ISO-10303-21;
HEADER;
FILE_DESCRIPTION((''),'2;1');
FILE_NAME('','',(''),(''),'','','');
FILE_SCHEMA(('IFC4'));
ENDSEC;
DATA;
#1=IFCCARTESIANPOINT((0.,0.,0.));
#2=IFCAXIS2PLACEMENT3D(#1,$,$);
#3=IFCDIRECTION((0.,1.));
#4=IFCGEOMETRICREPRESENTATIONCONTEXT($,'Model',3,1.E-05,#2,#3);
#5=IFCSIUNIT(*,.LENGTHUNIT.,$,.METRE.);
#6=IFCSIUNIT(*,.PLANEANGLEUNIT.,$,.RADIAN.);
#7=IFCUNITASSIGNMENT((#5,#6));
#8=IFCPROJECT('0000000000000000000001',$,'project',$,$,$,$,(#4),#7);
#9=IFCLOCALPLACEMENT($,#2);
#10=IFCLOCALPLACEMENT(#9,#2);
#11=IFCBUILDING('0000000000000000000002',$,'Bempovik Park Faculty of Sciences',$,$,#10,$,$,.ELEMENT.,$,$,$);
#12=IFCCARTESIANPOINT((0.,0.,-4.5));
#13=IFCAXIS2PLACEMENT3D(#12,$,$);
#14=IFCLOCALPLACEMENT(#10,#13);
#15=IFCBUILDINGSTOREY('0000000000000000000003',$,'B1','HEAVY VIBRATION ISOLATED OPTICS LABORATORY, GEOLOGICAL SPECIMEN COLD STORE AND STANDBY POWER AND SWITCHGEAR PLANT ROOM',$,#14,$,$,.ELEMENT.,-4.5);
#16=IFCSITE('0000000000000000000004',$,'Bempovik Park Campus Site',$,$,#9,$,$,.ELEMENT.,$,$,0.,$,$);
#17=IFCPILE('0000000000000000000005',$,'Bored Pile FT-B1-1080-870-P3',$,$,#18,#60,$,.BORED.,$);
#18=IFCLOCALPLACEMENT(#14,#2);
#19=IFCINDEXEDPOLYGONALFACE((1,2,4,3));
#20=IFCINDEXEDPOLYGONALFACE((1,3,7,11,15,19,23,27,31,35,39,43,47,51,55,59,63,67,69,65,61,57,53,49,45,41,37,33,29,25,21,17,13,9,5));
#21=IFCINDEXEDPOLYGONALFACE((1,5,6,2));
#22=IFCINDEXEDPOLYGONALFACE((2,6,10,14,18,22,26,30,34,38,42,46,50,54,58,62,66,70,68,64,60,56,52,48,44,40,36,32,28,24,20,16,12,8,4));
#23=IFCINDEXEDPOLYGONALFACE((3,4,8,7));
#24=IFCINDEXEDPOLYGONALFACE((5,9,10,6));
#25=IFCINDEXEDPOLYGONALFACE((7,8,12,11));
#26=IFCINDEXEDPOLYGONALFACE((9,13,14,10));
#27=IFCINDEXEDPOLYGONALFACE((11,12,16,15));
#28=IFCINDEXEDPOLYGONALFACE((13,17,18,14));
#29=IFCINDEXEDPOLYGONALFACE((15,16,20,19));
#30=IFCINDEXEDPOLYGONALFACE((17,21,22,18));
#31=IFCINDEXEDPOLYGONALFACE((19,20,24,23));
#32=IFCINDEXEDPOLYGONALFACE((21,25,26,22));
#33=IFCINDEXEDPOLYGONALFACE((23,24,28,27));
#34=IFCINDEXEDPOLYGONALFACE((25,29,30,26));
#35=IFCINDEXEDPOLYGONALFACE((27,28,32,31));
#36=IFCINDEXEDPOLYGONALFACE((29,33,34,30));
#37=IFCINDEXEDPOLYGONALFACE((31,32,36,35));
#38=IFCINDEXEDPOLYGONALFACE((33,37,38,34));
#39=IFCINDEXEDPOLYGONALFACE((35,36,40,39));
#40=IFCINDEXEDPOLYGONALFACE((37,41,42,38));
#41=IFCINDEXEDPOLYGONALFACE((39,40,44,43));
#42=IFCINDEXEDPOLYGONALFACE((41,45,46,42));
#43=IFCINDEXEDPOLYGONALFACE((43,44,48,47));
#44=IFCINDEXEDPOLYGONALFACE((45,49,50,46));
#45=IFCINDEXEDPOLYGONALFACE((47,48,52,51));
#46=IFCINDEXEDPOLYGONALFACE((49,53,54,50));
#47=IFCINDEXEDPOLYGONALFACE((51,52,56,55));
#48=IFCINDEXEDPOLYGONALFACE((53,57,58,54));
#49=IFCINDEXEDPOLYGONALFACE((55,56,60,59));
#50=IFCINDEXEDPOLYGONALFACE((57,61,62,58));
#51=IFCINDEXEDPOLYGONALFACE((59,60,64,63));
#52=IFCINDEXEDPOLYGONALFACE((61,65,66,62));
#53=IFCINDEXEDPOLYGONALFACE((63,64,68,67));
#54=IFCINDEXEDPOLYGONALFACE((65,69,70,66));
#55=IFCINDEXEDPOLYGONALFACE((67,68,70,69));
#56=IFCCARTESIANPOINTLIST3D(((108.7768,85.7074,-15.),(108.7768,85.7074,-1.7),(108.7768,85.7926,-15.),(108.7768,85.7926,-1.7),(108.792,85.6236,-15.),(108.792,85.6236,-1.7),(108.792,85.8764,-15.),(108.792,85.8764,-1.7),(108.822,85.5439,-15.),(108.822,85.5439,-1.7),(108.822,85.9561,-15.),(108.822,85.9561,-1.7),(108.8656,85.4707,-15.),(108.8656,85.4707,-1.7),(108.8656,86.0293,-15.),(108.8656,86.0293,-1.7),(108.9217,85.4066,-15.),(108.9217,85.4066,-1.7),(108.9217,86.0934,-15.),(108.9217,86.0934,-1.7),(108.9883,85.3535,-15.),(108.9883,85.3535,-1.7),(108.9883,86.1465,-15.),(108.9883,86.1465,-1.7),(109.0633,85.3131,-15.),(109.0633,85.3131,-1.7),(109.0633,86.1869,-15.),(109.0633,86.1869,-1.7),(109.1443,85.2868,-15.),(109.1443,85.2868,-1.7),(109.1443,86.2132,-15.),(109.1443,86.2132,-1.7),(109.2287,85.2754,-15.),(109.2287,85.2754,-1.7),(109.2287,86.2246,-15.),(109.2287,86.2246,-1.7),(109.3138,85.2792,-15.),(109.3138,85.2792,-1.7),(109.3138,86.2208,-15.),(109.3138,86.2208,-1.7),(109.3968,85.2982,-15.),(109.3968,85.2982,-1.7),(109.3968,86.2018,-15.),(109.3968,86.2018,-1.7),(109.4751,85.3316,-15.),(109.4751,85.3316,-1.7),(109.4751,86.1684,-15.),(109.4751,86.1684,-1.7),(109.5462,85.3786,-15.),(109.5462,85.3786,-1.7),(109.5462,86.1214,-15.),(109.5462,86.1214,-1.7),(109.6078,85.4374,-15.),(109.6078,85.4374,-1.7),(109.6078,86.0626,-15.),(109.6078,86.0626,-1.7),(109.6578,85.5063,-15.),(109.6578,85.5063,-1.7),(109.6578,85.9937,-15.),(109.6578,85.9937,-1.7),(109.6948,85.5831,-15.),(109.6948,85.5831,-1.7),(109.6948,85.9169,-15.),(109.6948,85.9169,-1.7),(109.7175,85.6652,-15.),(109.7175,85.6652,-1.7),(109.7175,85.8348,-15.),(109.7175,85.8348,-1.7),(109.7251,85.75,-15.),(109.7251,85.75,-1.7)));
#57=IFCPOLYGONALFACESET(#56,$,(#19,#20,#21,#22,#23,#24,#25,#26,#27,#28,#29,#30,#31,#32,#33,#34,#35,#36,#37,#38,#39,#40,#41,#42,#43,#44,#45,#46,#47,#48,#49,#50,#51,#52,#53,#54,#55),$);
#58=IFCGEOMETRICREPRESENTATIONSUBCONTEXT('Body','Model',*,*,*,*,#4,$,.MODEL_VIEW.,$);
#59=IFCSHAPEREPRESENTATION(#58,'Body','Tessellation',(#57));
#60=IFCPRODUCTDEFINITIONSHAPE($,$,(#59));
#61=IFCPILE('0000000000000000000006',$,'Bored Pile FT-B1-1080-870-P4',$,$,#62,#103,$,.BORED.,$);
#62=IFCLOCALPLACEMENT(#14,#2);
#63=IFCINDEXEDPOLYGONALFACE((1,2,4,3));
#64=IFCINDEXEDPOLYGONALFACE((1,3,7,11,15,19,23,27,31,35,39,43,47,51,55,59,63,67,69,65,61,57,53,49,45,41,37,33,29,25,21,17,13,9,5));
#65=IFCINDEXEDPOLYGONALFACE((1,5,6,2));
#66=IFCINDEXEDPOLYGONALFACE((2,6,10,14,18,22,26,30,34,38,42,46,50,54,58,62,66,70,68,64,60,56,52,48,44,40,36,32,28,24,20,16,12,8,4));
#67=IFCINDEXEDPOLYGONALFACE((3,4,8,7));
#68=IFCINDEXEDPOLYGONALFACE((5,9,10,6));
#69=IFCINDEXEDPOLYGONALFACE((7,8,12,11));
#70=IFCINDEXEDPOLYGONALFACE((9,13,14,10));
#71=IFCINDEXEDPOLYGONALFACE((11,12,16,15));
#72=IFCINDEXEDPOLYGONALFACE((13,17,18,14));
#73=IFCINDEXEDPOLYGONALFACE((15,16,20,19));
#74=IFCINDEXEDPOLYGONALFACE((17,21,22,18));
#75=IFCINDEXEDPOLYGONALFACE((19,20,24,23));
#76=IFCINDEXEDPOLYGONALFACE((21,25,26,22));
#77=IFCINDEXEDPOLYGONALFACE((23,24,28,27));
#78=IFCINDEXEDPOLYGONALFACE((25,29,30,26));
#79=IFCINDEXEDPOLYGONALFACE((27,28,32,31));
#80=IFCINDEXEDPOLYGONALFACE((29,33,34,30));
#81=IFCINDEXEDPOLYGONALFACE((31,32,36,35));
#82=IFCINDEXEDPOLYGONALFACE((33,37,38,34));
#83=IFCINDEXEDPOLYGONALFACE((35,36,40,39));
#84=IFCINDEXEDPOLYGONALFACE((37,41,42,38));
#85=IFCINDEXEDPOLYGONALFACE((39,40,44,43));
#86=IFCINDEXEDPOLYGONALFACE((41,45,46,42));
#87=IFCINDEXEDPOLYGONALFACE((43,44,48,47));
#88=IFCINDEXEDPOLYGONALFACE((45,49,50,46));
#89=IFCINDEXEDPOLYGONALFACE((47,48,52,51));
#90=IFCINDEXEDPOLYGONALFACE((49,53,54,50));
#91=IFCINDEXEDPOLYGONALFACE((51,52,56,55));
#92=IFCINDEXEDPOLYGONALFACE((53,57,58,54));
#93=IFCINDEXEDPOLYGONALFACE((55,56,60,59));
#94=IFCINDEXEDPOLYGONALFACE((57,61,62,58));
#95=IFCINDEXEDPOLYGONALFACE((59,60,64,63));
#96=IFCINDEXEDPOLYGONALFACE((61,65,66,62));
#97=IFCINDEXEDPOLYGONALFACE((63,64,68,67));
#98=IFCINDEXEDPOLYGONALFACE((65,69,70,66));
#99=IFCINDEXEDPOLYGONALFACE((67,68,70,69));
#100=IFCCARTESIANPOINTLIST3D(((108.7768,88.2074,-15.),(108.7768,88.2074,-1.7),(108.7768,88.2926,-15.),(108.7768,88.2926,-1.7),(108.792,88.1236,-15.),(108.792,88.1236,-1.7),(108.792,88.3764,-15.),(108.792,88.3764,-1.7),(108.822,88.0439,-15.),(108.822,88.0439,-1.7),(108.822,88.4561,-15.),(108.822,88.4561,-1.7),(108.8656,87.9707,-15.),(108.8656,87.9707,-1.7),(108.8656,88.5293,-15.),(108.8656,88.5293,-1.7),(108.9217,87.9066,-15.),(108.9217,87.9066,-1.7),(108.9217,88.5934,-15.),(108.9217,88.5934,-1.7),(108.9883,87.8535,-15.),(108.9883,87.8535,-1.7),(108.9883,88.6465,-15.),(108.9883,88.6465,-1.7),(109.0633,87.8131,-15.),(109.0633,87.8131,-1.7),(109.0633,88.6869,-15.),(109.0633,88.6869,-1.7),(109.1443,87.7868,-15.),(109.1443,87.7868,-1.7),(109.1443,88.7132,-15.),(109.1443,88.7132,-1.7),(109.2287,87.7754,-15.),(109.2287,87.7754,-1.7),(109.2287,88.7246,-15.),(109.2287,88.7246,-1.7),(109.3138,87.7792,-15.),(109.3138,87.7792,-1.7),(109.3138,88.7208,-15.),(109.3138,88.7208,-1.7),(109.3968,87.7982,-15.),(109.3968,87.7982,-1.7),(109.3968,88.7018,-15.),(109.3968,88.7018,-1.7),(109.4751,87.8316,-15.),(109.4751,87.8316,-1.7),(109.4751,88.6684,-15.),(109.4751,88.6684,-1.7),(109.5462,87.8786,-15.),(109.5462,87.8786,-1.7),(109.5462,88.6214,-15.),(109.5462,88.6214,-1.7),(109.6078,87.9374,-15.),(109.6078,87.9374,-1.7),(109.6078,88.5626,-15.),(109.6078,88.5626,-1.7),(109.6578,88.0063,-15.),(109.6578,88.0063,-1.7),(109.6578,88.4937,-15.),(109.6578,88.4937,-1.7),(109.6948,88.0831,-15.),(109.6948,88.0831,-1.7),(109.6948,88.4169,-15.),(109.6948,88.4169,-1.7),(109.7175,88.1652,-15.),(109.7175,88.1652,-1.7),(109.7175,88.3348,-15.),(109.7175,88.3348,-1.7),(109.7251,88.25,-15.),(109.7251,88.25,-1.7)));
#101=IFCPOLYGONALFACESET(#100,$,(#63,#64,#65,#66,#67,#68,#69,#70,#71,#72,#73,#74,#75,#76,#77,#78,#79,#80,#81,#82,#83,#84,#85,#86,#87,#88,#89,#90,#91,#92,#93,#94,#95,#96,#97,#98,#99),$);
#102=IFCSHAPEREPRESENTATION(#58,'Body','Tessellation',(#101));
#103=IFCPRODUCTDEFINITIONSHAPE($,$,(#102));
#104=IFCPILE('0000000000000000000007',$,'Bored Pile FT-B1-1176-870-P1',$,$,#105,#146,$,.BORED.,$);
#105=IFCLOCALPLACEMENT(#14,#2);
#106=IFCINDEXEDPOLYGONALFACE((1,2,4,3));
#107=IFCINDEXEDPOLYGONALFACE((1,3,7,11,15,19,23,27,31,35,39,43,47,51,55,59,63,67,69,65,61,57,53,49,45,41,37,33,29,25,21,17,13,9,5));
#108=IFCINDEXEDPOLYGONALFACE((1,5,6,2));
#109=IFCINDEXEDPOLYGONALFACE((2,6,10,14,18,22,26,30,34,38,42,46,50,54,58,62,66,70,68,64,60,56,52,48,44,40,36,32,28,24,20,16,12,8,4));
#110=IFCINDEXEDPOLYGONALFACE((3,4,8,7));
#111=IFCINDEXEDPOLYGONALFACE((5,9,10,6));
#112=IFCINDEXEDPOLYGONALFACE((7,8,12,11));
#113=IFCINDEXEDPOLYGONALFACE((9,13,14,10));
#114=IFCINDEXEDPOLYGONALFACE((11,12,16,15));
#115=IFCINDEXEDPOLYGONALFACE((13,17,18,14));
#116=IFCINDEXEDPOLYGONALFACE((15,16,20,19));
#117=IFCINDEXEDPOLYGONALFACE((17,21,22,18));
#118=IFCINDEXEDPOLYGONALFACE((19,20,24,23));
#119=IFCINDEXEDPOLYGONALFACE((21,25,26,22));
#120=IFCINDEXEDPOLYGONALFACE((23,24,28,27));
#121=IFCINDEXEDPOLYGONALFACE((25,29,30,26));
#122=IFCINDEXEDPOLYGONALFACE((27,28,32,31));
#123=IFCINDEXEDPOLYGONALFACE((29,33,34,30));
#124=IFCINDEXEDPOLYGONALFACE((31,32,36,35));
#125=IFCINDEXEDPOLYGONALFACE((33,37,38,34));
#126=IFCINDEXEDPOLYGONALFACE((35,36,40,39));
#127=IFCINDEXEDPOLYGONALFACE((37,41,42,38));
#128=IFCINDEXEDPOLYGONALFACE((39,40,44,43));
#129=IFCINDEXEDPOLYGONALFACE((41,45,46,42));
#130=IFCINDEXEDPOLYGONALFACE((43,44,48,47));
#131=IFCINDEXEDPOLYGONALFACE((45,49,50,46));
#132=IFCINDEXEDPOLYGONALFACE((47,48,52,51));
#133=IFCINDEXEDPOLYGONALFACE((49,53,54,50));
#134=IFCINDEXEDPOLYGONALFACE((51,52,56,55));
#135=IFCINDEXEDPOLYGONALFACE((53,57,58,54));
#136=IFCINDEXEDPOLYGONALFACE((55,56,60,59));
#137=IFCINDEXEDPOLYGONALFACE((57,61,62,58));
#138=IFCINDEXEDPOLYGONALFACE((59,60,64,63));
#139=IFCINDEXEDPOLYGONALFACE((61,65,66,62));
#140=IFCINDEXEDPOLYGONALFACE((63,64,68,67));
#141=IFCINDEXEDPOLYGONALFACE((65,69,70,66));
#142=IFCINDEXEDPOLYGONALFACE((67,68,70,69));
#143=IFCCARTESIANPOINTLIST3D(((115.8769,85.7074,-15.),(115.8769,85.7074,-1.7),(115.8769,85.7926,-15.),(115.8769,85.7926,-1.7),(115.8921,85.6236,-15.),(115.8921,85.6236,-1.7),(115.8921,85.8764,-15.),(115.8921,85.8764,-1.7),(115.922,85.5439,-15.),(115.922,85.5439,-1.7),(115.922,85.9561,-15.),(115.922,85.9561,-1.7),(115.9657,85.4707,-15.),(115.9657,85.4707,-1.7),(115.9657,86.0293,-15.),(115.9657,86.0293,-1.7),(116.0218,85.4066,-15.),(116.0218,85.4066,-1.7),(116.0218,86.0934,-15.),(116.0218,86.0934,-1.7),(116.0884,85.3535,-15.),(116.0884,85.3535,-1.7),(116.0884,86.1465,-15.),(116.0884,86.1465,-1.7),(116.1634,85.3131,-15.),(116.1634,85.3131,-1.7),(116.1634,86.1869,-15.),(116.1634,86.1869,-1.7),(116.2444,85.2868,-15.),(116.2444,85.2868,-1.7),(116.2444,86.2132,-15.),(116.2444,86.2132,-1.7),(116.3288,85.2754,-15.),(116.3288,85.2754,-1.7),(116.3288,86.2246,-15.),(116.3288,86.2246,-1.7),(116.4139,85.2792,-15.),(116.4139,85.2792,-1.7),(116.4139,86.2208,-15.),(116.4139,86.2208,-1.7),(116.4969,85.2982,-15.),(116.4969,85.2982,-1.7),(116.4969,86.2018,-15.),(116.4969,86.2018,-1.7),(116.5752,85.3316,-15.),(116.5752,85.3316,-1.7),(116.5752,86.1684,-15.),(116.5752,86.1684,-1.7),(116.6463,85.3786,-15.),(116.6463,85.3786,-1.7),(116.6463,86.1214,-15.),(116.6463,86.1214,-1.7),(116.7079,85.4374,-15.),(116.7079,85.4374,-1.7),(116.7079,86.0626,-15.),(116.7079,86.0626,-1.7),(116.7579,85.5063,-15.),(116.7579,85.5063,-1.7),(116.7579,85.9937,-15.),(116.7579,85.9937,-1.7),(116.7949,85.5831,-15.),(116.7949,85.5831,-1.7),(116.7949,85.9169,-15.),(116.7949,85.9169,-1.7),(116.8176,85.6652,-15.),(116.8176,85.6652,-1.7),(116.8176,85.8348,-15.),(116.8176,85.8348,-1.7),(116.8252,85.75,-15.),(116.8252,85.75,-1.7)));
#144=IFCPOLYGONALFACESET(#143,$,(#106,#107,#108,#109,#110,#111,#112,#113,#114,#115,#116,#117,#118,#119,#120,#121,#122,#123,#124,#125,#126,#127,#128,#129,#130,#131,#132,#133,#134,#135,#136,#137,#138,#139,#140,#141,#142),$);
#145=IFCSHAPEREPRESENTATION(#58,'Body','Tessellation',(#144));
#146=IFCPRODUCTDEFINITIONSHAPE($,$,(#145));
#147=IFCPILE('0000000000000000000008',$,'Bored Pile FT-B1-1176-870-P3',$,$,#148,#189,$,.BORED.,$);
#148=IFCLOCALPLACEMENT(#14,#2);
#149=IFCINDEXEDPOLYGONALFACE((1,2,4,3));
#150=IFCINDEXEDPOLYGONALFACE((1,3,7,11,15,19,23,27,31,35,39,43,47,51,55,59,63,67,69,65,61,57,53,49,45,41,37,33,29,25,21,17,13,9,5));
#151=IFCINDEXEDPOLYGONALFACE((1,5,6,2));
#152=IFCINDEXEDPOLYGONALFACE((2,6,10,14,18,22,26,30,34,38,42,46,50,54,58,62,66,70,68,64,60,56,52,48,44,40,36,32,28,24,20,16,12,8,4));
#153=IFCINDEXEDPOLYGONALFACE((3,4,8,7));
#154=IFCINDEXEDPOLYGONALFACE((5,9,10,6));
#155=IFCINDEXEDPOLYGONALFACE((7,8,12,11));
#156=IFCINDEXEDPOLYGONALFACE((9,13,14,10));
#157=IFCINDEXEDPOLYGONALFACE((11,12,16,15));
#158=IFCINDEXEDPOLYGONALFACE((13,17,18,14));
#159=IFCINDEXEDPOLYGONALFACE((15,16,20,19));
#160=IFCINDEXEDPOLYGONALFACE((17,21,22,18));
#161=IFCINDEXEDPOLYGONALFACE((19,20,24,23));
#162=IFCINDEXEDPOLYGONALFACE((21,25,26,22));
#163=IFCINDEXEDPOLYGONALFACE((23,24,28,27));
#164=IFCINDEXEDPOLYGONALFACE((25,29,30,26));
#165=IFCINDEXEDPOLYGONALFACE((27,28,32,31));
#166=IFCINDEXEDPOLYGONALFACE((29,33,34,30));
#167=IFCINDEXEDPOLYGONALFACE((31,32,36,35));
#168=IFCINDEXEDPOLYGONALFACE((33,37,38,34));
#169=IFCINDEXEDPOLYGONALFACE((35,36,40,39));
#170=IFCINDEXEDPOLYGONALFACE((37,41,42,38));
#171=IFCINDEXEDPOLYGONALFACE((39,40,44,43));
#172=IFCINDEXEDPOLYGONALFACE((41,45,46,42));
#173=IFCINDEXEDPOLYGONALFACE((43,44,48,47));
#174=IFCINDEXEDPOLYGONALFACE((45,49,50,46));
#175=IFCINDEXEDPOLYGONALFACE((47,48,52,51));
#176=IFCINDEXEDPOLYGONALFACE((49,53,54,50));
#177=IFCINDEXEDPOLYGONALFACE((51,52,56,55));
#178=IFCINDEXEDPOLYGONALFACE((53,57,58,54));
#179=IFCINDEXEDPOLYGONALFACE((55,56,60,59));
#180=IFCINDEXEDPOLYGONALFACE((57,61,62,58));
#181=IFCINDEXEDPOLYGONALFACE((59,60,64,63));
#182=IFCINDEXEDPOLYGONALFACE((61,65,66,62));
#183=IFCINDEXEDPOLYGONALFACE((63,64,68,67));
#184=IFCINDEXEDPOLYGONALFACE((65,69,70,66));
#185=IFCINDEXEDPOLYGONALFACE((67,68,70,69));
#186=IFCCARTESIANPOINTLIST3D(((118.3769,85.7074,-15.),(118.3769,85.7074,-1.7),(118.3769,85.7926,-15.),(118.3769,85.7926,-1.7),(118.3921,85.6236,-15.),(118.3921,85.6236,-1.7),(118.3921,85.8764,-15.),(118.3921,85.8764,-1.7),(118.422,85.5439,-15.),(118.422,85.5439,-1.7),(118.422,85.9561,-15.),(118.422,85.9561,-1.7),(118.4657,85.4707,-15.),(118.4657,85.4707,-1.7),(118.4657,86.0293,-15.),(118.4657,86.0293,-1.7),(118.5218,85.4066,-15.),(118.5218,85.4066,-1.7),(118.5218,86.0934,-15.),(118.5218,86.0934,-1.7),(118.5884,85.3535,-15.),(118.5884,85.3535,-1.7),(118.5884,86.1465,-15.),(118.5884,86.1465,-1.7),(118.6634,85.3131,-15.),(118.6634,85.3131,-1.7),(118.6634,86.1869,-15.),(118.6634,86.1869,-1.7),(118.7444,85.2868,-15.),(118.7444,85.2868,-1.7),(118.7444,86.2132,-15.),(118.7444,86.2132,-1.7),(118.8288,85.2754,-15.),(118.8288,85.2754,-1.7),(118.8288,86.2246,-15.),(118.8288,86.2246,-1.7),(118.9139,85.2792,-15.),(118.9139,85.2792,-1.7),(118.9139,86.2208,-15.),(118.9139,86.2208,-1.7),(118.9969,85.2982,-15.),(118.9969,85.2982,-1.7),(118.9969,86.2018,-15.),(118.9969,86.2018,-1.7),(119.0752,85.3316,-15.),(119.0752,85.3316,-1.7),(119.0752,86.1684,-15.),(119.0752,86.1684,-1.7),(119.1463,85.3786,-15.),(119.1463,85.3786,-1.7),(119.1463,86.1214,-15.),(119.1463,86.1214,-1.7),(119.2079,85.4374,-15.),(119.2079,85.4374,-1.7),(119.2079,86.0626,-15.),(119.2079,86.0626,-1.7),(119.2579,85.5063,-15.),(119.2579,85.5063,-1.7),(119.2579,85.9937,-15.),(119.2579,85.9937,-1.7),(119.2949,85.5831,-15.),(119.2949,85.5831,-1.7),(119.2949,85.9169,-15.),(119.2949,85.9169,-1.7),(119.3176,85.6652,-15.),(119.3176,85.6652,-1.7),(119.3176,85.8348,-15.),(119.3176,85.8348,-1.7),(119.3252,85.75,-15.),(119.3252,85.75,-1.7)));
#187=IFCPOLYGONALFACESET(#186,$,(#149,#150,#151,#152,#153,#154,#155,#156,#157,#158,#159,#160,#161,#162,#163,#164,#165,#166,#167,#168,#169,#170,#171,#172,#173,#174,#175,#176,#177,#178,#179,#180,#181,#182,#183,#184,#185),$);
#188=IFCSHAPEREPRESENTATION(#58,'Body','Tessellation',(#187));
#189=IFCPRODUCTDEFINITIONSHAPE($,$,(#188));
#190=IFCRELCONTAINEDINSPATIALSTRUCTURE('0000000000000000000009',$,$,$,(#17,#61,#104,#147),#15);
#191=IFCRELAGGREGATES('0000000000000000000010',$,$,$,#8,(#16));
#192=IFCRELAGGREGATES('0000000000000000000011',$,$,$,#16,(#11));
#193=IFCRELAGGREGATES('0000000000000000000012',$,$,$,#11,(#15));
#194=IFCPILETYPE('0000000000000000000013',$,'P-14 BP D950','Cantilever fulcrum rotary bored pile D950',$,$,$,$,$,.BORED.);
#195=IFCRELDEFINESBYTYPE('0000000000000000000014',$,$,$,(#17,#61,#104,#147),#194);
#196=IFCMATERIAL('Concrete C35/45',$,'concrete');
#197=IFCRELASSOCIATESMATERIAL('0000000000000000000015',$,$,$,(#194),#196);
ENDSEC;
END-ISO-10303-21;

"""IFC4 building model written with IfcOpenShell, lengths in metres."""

from ifc_helpers import new_model, si_unit, direction, frame, origin, origin_2d, place, context, subcontext, project, spatial, circle, extrude, material, material_profile, profile_set, type_object, element, save


model = new_model("IFC4")

# Units and contexts
model_context = context("Model", 3, precision=1e-05, world=origin(), true_north=direction((0.0, 1.0)))
body_context = subcontext(model_context, "Body", "Model", "MODEL_VIEW")
ifc_project = project(units=[si_unit("LENGTHUNIT", "METRE"), si_unit("PLANEANGLEUNIT", "RADIAN")], contexts=[model_context])

# Site, building, storey
site_placement = place(None, origin())
site = spatial("IfcSite", under=ifc_project, at=site_placement, Name="Bempovik Park Campus Site", CompositionType="ELEMENT", RefElevation=0.0)
building_placement = place(site_placement, origin())
building = spatial("IfcBuilding", under=site, at=building_placement, Name="Bempovik Park Faculty of Sciences", CompositionType="ELEMENT")
storey_placement = place(building_placement, frame((0.0, 0.0, -4.5)))
storey = spatial("IfcBuildingStorey", under=building, at=storey_placement, Name="B1", Description="HEAVY VIBRATION ISOLATED OPTICS LABORATORY, GEOLOGICAL SPECIMEN COLD STORE AND STANDBY POWER AND SWITCHGEAR PLANT ROOM", CompositionType="ELEMENT", Elevation=-4.5)

# Shared definitions
ifc_material_1 = material(Name="Concrete C35/45", Category="concrete")

# Piles
ifc_material_profile_1 = material_profile(ifc_material_1, circle(Radius=0.4751, at=origin_2d()), Name="BP D950")
ifc_profile_set_1 = profile_set([ifc_material_profile_1], Name="Concrete C35/45")
pile_type_1 = type_object("IfcPileType", Name="P-14 BP D950", Description="Cantilever fulcrum rotary bored pile D950", PredefinedType="BORED", material=ifc_profile_set_1)
for number, where, z_axis, x_axis, name in (
    (1, (109.25, 85.75, -1.7), (0.0, 0.0, -1.0), (1.0, 0.0, 0.0), "Bored Pile FT-B1-1080-870-P3"),
    (2, (109.25, 88.25, -1.7), (0.0, 0.0, -1.0), (1.0, 0.0, 0.0), "Bored Pile FT-B1-1080-870-P4"),
    (3, (116.3501, 85.75, -1.7), (0.0, 0.0, -1.0), (1.0, 0.0, 0.0), "Bored Pile FT-B1-1176-870-P1"),
    (4, (118.8501, 85.75, -1.7), (0.0, 0.0, -1.0), (1.0, 0.0, 0.0), "Bored Pile FT-B1-1176-870-P3"),
):
    element("IfcPile", number, at=place(storey_placement, frame(where, z_axis=z_axis, x_axis=x_axis)), inside=storey, type_object=pile_type_1, Name=name, PredefinedType="BORED", context=body_context, shape_type="SweptSolid", body=[
        extrude(circle(Radius=0.4751, at=origin_2d()), origin(), (0.0, 0.0, 1.0), 13.3),
    ])

save(model, "model.ifc")
